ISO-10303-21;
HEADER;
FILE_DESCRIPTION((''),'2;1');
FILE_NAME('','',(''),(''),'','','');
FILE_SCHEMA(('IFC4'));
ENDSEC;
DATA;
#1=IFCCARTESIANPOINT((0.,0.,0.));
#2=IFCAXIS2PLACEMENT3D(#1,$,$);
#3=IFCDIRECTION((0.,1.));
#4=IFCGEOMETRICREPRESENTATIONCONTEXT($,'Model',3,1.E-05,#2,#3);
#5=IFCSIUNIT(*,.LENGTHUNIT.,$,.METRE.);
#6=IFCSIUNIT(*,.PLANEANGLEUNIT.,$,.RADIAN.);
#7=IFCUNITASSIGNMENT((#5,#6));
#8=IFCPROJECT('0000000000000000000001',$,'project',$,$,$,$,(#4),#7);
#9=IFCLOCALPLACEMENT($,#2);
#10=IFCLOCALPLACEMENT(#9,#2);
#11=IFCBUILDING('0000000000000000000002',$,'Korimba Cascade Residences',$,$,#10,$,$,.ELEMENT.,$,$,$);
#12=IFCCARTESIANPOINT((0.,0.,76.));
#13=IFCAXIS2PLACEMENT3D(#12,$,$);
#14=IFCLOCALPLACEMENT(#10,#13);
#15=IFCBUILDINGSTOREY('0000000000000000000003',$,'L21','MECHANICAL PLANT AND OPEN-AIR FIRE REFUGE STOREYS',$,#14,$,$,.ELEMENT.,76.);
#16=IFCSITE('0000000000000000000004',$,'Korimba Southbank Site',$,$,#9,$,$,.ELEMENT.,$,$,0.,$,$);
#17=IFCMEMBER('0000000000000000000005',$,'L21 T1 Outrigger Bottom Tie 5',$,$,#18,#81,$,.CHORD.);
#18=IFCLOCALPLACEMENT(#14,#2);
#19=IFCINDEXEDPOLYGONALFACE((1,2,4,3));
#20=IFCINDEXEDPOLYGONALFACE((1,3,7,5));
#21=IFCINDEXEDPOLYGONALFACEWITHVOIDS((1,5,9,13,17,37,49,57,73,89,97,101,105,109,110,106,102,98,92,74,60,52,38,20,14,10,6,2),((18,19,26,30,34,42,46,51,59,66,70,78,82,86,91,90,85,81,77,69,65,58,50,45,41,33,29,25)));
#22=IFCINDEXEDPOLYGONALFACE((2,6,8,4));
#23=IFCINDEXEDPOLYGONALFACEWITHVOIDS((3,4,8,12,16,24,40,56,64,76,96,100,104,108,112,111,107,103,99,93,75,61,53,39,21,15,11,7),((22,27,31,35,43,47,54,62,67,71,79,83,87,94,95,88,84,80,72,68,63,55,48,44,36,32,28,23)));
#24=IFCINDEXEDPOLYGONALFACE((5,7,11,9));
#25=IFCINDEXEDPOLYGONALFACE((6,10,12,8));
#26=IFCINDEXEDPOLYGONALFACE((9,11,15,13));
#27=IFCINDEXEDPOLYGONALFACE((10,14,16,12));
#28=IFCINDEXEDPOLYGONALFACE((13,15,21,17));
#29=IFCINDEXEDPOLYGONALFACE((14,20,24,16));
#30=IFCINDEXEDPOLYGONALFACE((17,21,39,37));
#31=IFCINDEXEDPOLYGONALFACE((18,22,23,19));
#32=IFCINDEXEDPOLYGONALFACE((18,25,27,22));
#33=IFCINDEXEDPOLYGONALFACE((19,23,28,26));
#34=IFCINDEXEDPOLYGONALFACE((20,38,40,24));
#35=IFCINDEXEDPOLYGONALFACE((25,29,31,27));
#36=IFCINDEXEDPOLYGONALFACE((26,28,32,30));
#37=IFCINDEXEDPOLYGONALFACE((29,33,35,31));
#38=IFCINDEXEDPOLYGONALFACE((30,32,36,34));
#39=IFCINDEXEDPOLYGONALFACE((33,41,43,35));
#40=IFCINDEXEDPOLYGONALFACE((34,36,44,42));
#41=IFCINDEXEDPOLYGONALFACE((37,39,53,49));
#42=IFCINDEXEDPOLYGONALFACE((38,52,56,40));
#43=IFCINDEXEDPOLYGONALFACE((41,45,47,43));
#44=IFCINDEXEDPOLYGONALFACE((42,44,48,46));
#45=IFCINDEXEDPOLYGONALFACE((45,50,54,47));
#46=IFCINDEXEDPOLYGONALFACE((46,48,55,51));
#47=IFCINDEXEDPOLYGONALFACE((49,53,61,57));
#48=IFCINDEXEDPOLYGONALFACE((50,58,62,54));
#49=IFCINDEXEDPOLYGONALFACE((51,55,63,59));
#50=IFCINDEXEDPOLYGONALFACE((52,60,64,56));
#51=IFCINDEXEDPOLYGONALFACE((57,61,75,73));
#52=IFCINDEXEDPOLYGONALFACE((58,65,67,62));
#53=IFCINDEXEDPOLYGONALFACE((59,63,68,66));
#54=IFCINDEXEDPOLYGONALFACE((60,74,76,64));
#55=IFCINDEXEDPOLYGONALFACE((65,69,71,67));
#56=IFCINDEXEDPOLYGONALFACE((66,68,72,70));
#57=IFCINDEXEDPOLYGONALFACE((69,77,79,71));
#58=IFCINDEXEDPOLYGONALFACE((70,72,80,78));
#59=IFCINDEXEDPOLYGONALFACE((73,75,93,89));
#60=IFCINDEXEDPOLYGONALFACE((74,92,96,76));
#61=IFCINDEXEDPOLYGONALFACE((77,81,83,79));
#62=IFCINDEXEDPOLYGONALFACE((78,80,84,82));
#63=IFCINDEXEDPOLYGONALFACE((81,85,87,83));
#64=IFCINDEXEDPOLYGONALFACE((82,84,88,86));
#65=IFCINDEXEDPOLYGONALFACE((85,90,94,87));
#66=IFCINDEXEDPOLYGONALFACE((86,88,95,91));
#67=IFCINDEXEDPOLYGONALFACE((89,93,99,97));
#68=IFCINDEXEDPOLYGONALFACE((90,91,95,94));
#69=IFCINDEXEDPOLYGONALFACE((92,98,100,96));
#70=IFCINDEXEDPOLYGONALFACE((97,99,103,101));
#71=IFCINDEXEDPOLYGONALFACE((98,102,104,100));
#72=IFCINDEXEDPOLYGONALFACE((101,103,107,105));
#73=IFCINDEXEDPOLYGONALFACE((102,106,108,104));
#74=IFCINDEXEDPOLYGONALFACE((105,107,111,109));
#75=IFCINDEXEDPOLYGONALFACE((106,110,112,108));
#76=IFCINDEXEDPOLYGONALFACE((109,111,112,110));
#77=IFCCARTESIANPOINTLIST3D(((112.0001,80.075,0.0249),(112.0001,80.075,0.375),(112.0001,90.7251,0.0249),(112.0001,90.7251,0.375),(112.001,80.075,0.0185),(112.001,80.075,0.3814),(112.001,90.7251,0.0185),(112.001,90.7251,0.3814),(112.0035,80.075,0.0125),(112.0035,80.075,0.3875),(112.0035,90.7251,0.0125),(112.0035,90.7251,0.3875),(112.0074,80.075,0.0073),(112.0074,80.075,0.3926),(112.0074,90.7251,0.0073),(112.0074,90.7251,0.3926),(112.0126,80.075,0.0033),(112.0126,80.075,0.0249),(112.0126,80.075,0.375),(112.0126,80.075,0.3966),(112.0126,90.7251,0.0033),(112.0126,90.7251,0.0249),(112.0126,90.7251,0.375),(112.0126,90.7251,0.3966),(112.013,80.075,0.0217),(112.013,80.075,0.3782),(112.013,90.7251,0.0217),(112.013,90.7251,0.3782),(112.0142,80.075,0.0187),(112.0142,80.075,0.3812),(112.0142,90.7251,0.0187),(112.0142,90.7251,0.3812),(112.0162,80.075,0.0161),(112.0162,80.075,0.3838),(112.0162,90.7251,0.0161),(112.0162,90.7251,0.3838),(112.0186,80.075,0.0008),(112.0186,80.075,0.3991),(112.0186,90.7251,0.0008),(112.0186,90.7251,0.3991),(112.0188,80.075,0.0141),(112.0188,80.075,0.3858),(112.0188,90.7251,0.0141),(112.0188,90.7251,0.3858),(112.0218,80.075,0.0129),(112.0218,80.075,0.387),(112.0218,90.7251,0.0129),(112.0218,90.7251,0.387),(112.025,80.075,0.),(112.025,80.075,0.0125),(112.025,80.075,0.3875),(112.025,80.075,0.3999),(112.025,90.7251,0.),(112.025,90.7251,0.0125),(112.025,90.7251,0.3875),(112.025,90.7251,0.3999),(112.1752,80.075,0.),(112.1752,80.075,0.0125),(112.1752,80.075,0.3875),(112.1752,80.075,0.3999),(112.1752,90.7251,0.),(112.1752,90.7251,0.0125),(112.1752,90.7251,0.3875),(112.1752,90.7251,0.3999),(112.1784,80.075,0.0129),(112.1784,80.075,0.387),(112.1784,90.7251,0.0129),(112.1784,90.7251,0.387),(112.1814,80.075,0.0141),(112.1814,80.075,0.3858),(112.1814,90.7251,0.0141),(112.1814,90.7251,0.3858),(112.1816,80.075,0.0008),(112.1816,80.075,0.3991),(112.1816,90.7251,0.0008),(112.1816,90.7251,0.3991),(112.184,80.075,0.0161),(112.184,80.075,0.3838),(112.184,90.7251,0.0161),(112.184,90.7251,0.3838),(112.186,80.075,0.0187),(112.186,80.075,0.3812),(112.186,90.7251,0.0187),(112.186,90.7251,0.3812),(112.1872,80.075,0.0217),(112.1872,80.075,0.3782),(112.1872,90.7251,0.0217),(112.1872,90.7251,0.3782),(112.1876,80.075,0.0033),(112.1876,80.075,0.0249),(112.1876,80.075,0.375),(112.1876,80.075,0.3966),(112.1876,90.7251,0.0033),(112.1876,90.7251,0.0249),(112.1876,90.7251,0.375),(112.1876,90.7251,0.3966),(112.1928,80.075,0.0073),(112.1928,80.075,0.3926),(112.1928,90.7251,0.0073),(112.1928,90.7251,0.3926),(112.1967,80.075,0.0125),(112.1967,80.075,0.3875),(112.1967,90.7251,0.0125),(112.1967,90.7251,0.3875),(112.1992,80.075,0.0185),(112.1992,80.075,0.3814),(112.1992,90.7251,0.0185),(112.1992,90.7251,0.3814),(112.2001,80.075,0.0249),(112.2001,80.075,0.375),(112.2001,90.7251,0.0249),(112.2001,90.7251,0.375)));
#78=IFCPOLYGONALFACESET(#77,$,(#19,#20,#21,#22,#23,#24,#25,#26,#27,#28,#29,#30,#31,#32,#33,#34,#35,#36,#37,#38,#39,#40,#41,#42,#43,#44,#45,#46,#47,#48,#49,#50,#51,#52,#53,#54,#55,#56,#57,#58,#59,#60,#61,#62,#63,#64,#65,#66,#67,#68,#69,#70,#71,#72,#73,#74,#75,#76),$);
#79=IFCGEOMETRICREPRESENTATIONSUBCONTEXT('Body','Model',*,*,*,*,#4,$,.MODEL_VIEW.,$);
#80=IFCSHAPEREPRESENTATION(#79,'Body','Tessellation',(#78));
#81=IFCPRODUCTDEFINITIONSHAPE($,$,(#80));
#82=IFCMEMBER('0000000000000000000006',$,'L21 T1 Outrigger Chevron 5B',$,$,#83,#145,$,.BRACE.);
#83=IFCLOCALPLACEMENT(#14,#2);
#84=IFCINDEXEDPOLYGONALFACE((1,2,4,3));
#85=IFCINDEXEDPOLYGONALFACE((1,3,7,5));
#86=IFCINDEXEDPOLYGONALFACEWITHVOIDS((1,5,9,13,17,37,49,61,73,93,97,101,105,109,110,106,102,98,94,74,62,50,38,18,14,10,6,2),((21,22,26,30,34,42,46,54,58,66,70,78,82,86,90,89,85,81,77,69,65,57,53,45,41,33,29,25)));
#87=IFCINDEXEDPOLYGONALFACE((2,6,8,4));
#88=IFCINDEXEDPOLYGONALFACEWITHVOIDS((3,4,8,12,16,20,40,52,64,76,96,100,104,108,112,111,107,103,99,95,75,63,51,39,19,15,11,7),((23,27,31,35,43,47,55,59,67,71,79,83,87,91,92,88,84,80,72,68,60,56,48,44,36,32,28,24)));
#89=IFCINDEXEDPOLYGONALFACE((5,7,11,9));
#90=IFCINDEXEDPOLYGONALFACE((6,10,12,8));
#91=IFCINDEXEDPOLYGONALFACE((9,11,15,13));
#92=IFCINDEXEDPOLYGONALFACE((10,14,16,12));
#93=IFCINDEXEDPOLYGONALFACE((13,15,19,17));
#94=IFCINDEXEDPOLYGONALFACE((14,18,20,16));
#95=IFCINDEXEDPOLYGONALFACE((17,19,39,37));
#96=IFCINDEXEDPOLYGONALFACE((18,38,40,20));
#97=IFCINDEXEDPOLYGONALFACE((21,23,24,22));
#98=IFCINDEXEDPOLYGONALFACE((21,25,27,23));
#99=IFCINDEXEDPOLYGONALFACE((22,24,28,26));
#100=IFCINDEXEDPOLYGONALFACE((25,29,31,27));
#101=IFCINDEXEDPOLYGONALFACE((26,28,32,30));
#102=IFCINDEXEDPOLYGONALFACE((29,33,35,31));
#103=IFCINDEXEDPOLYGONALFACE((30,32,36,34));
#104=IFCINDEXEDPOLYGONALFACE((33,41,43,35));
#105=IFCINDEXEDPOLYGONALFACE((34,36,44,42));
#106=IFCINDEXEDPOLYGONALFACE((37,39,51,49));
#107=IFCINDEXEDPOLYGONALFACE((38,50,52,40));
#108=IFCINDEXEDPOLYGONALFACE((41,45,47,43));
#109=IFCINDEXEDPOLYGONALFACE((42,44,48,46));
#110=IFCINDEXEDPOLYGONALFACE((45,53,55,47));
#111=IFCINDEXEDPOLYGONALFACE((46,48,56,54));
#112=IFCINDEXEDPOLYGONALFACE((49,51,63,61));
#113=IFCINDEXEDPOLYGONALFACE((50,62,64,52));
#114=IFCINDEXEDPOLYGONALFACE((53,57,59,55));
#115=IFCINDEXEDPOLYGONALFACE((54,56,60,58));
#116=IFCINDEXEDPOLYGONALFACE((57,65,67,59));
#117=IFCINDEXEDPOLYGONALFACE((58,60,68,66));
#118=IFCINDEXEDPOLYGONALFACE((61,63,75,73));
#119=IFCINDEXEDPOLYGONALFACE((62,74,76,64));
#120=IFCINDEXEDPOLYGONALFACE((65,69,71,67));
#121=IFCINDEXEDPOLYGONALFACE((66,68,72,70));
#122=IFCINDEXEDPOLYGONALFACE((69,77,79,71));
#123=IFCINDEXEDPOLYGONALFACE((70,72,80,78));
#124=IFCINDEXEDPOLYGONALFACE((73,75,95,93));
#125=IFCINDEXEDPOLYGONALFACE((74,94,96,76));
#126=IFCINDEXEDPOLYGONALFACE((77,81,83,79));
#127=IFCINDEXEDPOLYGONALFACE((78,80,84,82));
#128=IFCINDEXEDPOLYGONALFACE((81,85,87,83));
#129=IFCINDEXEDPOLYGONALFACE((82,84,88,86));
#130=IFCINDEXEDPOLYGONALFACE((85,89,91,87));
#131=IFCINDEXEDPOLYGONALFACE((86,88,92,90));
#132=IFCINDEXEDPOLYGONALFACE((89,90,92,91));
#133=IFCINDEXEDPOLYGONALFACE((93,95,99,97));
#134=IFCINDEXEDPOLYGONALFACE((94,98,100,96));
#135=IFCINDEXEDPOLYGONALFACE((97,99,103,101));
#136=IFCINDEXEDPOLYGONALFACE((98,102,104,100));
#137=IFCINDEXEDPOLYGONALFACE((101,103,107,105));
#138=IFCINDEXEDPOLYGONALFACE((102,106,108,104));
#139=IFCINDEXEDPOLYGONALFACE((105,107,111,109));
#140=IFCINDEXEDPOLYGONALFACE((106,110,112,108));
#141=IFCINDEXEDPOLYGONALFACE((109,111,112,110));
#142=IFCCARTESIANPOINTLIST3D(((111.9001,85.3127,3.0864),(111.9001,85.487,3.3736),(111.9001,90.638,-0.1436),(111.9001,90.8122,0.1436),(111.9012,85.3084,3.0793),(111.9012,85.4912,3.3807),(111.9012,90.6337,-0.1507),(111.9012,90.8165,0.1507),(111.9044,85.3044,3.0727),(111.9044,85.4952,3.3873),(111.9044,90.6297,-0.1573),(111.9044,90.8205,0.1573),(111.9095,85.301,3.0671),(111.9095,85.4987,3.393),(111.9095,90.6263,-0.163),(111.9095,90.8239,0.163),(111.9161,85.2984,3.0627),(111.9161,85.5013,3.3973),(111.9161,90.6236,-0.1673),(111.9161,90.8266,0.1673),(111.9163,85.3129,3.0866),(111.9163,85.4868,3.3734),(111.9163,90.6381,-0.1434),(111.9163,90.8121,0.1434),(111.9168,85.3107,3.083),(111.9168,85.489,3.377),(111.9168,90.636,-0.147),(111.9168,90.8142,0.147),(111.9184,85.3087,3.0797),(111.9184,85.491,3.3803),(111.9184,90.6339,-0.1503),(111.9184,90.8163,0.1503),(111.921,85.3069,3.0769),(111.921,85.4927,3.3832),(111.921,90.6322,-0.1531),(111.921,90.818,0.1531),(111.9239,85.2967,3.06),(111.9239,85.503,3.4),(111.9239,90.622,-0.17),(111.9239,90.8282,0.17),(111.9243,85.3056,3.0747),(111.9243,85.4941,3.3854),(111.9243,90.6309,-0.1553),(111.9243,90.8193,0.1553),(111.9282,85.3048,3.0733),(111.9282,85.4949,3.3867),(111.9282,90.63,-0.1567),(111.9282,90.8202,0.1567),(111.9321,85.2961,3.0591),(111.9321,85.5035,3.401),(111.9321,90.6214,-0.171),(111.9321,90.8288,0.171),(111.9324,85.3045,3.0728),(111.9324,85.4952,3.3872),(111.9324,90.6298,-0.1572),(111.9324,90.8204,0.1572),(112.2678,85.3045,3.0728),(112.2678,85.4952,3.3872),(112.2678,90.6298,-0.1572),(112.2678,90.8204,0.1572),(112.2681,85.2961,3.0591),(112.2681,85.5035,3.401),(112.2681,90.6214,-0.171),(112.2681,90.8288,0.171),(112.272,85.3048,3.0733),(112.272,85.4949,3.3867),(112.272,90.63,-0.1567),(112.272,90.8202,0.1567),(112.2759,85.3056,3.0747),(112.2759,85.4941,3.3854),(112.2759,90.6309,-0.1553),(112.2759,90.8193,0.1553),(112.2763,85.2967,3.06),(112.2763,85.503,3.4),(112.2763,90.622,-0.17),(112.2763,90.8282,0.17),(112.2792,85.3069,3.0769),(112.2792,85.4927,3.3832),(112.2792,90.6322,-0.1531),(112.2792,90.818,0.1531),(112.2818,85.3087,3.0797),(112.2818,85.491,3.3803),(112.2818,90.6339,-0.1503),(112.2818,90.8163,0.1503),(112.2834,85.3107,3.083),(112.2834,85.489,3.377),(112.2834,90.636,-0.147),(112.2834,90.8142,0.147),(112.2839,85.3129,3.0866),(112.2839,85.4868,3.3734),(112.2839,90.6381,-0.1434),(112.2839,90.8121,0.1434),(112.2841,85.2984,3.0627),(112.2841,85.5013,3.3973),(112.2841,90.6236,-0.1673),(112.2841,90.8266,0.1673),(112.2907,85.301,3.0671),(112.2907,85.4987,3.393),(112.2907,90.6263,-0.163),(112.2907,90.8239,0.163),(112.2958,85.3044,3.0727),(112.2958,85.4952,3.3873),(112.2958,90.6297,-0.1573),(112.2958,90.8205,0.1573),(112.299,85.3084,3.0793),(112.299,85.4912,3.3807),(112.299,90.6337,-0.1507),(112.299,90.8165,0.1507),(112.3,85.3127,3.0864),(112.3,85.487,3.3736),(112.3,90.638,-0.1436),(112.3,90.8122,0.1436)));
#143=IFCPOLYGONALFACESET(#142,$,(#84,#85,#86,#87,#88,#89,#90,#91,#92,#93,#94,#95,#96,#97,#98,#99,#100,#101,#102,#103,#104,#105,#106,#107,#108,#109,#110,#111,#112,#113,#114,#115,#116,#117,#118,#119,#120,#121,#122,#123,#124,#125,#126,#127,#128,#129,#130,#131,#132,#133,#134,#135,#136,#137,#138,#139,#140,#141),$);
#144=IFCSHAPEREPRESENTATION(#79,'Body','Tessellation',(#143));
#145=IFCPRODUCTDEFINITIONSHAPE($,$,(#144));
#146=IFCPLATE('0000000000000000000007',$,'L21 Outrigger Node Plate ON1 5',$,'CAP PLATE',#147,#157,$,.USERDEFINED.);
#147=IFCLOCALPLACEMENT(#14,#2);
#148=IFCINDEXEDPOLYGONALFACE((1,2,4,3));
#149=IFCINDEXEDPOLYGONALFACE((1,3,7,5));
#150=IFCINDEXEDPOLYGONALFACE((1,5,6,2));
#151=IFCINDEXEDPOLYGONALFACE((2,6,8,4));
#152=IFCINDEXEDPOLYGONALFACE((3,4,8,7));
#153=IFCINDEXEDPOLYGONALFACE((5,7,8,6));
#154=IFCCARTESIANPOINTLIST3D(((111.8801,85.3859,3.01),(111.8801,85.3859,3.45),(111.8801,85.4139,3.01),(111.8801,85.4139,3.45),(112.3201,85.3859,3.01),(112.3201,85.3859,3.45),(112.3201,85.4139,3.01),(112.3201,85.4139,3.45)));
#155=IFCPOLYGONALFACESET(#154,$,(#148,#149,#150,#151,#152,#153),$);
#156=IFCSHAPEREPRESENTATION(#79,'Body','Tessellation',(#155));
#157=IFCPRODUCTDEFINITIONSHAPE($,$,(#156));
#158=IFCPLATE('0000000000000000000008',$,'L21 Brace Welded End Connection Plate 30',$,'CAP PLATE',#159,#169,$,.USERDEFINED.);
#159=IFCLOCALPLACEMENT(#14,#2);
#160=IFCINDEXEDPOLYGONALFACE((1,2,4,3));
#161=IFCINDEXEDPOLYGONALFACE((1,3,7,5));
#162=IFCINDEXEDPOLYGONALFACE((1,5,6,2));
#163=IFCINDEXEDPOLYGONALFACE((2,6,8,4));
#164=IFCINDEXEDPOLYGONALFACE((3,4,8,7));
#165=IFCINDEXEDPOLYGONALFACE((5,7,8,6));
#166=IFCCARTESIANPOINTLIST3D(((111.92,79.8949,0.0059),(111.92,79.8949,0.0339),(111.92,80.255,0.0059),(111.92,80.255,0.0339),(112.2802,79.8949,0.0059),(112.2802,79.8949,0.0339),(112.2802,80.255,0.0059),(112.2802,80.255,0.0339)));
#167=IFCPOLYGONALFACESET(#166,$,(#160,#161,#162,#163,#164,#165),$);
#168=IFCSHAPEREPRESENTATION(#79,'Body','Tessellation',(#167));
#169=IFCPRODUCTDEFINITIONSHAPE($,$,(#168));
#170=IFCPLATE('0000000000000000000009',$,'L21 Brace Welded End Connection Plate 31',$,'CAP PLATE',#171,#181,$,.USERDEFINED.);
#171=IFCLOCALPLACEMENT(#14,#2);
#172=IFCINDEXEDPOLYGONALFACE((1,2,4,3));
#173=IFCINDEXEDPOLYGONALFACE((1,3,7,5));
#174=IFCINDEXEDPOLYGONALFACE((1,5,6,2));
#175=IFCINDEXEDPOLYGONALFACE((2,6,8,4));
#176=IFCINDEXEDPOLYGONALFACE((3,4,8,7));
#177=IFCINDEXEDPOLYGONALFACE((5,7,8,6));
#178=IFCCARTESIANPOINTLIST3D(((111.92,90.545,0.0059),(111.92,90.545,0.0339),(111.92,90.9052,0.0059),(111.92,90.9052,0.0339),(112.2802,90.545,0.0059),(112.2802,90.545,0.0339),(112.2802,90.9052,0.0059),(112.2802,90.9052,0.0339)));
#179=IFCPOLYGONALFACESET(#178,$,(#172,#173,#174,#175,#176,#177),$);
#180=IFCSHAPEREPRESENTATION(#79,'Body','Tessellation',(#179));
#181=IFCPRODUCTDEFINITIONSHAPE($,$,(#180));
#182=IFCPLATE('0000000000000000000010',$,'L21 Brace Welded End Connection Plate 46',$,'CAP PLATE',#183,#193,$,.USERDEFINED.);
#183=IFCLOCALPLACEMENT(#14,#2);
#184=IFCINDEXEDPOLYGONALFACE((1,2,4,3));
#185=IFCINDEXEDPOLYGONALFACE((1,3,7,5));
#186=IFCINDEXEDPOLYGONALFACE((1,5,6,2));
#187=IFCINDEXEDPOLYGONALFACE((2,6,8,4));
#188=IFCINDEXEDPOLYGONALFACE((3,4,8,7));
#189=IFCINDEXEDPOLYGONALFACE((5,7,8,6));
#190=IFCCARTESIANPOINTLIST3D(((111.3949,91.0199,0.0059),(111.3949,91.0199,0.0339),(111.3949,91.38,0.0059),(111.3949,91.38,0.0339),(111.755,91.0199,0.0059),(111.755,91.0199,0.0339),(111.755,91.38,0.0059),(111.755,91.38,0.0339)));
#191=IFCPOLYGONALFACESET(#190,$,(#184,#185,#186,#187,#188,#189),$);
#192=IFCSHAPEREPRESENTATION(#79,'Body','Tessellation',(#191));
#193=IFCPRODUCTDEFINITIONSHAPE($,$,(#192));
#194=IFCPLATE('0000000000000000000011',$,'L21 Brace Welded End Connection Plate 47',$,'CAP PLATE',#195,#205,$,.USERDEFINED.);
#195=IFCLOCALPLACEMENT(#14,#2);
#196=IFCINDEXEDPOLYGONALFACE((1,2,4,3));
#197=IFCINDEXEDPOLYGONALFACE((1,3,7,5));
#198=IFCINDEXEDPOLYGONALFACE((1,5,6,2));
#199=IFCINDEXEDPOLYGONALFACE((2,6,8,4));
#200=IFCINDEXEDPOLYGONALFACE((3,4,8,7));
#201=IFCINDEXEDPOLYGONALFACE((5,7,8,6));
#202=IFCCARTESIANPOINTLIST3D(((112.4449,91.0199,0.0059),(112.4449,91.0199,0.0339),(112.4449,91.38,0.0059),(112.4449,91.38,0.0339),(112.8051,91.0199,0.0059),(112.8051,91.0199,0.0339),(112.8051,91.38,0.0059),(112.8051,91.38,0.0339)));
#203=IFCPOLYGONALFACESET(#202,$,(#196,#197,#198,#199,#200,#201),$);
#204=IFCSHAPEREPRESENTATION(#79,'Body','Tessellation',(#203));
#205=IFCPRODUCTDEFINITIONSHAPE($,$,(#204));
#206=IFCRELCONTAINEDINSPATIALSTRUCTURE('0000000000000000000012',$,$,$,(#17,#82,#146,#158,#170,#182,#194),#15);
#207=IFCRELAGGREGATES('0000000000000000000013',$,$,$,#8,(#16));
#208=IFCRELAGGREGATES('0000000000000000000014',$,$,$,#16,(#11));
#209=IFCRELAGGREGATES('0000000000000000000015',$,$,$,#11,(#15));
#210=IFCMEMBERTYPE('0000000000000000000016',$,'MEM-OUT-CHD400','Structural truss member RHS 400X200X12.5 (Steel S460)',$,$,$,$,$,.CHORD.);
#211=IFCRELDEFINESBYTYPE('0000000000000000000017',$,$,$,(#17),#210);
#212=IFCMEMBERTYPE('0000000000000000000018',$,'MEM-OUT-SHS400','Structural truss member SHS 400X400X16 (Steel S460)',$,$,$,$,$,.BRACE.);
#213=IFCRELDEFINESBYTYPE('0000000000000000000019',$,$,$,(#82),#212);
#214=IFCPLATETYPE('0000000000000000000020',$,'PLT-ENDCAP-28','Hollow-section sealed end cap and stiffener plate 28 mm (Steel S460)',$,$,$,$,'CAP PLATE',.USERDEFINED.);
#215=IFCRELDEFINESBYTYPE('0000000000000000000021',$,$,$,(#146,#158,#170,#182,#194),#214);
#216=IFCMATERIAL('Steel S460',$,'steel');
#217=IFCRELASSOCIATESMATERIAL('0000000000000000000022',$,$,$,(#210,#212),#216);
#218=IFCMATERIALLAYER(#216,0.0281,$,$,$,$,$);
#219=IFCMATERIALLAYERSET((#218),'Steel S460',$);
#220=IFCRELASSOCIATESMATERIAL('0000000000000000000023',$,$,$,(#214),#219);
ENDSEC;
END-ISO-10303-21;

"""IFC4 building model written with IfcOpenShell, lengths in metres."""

from ifc_helpers import new_model, si_unit, direction, frame, origin, origin_2d, place, context, subcontext, project, spatial, rectangle, hollow_rectangle, extrude, material, layer, layer_set, material_profile, profile_set, type_object, element, save


model = new_model("IFC4")

# Units and contexts
model_context = context("Model", 3, precision=1e-05, world=origin(), true_north=direction((0.0, 1.0)))
body_context = subcontext(model_context, "Body", "Model", "MODEL_VIEW")
ifc_project = project(units=[si_unit("LENGTHUNIT", "METRE"), si_unit("PLANEANGLEUNIT", "RADIAN")], contexts=[model_context])

# Site, building, storey
site_placement = place(None, origin())
site = spatial("IfcSite", under=ifc_project, at=site_placement, Name="Korimba Southbank Site", CompositionType="ELEMENT", RefElevation=0.0)
building_placement = place(site_placement, origin())
building = spatial("IfcBuilding", under=site, at=building_placement, Name="Korimba Cascade Residences", CompositionType="ELEMENT")
storey_placement = place(building_placement, frame((0.0, 0.0, 76.0)))
storey = spatial("IfcBuildingStorey", under=building, at=storey_placement, Name="L21", Description="MECHANICAL PLANT AND OPEN-AIR FIRE REFUGE STOREYS", CompositionType="ELEMENT", Elevation=76.0)

# Members
ifc_material_1 = material(Name="Steel S460", Category="steel")
ifc_material_profile_1 = material_profile(ifc_material_1, hollow_rectangle(XDim=0.2, YDim=0.3999, WallThickness=0.0125, InnerFilletRadius=0.0125, OuterFilletRadius=0.0249, at=origin_2d()), Name="Steel S460")
ifc_profile_set_1 = profile_set([ifc_material_profile_1], Name="Steel S460")
member_type_1 = type_object("IfcMemberType", Name="MEM-OUT-CHD400", Description="Structural truss member RHS 400X200X12.5 (Steel S460)", PredefinedType="CHORD", material=ifc_profile_set_1)
member_1_placement = place(storey_placement, frame((112.1001, 80.075, 0.2), z_axis=(0.0, 1.0, 0.0), x_axis=(-1.0, 0.0, 0.0)))
element("IfcMember", 1, at=member_1_placement, inside=storey, type_object=member_type_1, Name="L21 T1 Outrigger Bottom Tie 5", PredefinedType="CHORD", context=body_context, shape_type="SweptSolid", body=[
    extrude(hollow_rectangle(XDim=0.2, YDim=0.3999, WallThickness=0.0125, InnerFilletRadius=0.0125, OuterFilletRadius=0.0249, at=origin_2d()), origin(), (0.0, 0.0, 1.0), 10.6501),
])
ifc_material_profile_2 = material_profile(ifc_material_1, hollow_rectangle(XDim=0.3999, YDim=0.3999, WallThickness=0.0161, InnerFilletRadius=0.0161, OuterFilletRadius=0.032, at=origin_2d()), Name="Steel S460")
ifc_profile_set_2 = profile_set([ifc_material_profile_2], Name="Steel S460")
member_type_2 = type_object("IfcMemberType", Name="MEM-OUT-SHS400", Description="Structural truss member SHS 400X400X16 (Steel S460)", PredefinedType="BRACE", material=ifc_profile_set_2)
member_2_placement = place(storey_placement, frame((112.1001, 90.7251, 0.0), z_axis=(0.0, -0.855013, 0.518606), x_axis=(1.0, 0.0, 0.0)))
element("IfcMember", 2, at=member_2_placement, inside=storey, type_object=member_type_2, Name="L21 T1 Outrigger Chevron 5B", PredefinedType="BRACE", context=body_context, shape_type="SweptSolid", body=[
    extrude(hollow_rectangle(XDim=0.3999, YDim=0.3999, WallThickness=0.0161, InnerFilletRadius=0.0161, OuterFilletRadius=0.032, at=origin_2d()), origin(), (0.0, 0.0, 1.0), 6.2283),
])

# Plates
ifc_layer_1 = layer(ifc_material_1, 0.0281)
ifc_layer_set_1 = layer_set([ifc_layer_1], Name="Steel S460")
plate_type = type_object("IfcPlateType", Name="PLT-ENDCAP-28", Description="Hollow-section sealed end cap and stiffener plate 28 mm (Steel S460)", ElementType="CAP PLATE", PredefinedType="USERDEFINED", material=ifc_layer_set_1)
plate_placement = place(storey_placement, frame((112.1001, 85.3999, 3.01), z_axis=(0.0, 0.0, 1.0), x_axis=(1.0, 0.0, 0.0)))
element("IfcPlate", 3, at=plate_placement, inside=storey, type_object=plate_type, Name="L21 Outrigger Node Plate ON1 5", ObjectType="CAP PLATE", PredefinedType="USERDEFINED", context=body_context, shape_type="SweptSolid", body=[
    extrude(rectangle(XDim=0.4399, YDim=0.0281, at=origin_2d()), origin(), (0.0, 0.0, 1.0), 0.4399),
])
for number, where, z_axis, x_axis, name in (
    (4, (112.1001, 80.075, 0.0059), (0.0, 0.0, 1.0), (1.0, 0.0, 0.0), "L21 Brace Welded End Connection Plate 30"),
    (5, (112.1001, 90.7251, 0.0059), (0.0, 0.0, 1.0), (1.0, 0.0, 0.0), "L21 Brace Welded End Connection Plate 31"),
    (6, (111.575, 91.2, 0.0059), (0.0, 0.0, 1.0), (1.0, 0.0, 0.0), "L21 Brace Welded End Connection Plate 46"),
    (7, (112.625, 91.2, 0.0059), (0.0, 0.0, 1.0), (1.0, 0.0, 0.0), "L21 Brace Welded End Connection Plate 47"),
):
    element("IfcPlate", number, at=place(storey_placement, frame(where, z_axis=z_axis, x_axis=x_axis)), inside=storey, type_object=plate_type, Name=name, ObjectType="CAP PLATE", PredefinedType="USERDEFINED", context=body_context, shape_type="SweptSolid", body=[
        extrude(rectangle(XDim=0.3601, YDim=0.3601, at=origin_2d()), origin(), (0.0, 0.0, 1.0), 0.0281),
    ])

save(model, "model.ifc")
